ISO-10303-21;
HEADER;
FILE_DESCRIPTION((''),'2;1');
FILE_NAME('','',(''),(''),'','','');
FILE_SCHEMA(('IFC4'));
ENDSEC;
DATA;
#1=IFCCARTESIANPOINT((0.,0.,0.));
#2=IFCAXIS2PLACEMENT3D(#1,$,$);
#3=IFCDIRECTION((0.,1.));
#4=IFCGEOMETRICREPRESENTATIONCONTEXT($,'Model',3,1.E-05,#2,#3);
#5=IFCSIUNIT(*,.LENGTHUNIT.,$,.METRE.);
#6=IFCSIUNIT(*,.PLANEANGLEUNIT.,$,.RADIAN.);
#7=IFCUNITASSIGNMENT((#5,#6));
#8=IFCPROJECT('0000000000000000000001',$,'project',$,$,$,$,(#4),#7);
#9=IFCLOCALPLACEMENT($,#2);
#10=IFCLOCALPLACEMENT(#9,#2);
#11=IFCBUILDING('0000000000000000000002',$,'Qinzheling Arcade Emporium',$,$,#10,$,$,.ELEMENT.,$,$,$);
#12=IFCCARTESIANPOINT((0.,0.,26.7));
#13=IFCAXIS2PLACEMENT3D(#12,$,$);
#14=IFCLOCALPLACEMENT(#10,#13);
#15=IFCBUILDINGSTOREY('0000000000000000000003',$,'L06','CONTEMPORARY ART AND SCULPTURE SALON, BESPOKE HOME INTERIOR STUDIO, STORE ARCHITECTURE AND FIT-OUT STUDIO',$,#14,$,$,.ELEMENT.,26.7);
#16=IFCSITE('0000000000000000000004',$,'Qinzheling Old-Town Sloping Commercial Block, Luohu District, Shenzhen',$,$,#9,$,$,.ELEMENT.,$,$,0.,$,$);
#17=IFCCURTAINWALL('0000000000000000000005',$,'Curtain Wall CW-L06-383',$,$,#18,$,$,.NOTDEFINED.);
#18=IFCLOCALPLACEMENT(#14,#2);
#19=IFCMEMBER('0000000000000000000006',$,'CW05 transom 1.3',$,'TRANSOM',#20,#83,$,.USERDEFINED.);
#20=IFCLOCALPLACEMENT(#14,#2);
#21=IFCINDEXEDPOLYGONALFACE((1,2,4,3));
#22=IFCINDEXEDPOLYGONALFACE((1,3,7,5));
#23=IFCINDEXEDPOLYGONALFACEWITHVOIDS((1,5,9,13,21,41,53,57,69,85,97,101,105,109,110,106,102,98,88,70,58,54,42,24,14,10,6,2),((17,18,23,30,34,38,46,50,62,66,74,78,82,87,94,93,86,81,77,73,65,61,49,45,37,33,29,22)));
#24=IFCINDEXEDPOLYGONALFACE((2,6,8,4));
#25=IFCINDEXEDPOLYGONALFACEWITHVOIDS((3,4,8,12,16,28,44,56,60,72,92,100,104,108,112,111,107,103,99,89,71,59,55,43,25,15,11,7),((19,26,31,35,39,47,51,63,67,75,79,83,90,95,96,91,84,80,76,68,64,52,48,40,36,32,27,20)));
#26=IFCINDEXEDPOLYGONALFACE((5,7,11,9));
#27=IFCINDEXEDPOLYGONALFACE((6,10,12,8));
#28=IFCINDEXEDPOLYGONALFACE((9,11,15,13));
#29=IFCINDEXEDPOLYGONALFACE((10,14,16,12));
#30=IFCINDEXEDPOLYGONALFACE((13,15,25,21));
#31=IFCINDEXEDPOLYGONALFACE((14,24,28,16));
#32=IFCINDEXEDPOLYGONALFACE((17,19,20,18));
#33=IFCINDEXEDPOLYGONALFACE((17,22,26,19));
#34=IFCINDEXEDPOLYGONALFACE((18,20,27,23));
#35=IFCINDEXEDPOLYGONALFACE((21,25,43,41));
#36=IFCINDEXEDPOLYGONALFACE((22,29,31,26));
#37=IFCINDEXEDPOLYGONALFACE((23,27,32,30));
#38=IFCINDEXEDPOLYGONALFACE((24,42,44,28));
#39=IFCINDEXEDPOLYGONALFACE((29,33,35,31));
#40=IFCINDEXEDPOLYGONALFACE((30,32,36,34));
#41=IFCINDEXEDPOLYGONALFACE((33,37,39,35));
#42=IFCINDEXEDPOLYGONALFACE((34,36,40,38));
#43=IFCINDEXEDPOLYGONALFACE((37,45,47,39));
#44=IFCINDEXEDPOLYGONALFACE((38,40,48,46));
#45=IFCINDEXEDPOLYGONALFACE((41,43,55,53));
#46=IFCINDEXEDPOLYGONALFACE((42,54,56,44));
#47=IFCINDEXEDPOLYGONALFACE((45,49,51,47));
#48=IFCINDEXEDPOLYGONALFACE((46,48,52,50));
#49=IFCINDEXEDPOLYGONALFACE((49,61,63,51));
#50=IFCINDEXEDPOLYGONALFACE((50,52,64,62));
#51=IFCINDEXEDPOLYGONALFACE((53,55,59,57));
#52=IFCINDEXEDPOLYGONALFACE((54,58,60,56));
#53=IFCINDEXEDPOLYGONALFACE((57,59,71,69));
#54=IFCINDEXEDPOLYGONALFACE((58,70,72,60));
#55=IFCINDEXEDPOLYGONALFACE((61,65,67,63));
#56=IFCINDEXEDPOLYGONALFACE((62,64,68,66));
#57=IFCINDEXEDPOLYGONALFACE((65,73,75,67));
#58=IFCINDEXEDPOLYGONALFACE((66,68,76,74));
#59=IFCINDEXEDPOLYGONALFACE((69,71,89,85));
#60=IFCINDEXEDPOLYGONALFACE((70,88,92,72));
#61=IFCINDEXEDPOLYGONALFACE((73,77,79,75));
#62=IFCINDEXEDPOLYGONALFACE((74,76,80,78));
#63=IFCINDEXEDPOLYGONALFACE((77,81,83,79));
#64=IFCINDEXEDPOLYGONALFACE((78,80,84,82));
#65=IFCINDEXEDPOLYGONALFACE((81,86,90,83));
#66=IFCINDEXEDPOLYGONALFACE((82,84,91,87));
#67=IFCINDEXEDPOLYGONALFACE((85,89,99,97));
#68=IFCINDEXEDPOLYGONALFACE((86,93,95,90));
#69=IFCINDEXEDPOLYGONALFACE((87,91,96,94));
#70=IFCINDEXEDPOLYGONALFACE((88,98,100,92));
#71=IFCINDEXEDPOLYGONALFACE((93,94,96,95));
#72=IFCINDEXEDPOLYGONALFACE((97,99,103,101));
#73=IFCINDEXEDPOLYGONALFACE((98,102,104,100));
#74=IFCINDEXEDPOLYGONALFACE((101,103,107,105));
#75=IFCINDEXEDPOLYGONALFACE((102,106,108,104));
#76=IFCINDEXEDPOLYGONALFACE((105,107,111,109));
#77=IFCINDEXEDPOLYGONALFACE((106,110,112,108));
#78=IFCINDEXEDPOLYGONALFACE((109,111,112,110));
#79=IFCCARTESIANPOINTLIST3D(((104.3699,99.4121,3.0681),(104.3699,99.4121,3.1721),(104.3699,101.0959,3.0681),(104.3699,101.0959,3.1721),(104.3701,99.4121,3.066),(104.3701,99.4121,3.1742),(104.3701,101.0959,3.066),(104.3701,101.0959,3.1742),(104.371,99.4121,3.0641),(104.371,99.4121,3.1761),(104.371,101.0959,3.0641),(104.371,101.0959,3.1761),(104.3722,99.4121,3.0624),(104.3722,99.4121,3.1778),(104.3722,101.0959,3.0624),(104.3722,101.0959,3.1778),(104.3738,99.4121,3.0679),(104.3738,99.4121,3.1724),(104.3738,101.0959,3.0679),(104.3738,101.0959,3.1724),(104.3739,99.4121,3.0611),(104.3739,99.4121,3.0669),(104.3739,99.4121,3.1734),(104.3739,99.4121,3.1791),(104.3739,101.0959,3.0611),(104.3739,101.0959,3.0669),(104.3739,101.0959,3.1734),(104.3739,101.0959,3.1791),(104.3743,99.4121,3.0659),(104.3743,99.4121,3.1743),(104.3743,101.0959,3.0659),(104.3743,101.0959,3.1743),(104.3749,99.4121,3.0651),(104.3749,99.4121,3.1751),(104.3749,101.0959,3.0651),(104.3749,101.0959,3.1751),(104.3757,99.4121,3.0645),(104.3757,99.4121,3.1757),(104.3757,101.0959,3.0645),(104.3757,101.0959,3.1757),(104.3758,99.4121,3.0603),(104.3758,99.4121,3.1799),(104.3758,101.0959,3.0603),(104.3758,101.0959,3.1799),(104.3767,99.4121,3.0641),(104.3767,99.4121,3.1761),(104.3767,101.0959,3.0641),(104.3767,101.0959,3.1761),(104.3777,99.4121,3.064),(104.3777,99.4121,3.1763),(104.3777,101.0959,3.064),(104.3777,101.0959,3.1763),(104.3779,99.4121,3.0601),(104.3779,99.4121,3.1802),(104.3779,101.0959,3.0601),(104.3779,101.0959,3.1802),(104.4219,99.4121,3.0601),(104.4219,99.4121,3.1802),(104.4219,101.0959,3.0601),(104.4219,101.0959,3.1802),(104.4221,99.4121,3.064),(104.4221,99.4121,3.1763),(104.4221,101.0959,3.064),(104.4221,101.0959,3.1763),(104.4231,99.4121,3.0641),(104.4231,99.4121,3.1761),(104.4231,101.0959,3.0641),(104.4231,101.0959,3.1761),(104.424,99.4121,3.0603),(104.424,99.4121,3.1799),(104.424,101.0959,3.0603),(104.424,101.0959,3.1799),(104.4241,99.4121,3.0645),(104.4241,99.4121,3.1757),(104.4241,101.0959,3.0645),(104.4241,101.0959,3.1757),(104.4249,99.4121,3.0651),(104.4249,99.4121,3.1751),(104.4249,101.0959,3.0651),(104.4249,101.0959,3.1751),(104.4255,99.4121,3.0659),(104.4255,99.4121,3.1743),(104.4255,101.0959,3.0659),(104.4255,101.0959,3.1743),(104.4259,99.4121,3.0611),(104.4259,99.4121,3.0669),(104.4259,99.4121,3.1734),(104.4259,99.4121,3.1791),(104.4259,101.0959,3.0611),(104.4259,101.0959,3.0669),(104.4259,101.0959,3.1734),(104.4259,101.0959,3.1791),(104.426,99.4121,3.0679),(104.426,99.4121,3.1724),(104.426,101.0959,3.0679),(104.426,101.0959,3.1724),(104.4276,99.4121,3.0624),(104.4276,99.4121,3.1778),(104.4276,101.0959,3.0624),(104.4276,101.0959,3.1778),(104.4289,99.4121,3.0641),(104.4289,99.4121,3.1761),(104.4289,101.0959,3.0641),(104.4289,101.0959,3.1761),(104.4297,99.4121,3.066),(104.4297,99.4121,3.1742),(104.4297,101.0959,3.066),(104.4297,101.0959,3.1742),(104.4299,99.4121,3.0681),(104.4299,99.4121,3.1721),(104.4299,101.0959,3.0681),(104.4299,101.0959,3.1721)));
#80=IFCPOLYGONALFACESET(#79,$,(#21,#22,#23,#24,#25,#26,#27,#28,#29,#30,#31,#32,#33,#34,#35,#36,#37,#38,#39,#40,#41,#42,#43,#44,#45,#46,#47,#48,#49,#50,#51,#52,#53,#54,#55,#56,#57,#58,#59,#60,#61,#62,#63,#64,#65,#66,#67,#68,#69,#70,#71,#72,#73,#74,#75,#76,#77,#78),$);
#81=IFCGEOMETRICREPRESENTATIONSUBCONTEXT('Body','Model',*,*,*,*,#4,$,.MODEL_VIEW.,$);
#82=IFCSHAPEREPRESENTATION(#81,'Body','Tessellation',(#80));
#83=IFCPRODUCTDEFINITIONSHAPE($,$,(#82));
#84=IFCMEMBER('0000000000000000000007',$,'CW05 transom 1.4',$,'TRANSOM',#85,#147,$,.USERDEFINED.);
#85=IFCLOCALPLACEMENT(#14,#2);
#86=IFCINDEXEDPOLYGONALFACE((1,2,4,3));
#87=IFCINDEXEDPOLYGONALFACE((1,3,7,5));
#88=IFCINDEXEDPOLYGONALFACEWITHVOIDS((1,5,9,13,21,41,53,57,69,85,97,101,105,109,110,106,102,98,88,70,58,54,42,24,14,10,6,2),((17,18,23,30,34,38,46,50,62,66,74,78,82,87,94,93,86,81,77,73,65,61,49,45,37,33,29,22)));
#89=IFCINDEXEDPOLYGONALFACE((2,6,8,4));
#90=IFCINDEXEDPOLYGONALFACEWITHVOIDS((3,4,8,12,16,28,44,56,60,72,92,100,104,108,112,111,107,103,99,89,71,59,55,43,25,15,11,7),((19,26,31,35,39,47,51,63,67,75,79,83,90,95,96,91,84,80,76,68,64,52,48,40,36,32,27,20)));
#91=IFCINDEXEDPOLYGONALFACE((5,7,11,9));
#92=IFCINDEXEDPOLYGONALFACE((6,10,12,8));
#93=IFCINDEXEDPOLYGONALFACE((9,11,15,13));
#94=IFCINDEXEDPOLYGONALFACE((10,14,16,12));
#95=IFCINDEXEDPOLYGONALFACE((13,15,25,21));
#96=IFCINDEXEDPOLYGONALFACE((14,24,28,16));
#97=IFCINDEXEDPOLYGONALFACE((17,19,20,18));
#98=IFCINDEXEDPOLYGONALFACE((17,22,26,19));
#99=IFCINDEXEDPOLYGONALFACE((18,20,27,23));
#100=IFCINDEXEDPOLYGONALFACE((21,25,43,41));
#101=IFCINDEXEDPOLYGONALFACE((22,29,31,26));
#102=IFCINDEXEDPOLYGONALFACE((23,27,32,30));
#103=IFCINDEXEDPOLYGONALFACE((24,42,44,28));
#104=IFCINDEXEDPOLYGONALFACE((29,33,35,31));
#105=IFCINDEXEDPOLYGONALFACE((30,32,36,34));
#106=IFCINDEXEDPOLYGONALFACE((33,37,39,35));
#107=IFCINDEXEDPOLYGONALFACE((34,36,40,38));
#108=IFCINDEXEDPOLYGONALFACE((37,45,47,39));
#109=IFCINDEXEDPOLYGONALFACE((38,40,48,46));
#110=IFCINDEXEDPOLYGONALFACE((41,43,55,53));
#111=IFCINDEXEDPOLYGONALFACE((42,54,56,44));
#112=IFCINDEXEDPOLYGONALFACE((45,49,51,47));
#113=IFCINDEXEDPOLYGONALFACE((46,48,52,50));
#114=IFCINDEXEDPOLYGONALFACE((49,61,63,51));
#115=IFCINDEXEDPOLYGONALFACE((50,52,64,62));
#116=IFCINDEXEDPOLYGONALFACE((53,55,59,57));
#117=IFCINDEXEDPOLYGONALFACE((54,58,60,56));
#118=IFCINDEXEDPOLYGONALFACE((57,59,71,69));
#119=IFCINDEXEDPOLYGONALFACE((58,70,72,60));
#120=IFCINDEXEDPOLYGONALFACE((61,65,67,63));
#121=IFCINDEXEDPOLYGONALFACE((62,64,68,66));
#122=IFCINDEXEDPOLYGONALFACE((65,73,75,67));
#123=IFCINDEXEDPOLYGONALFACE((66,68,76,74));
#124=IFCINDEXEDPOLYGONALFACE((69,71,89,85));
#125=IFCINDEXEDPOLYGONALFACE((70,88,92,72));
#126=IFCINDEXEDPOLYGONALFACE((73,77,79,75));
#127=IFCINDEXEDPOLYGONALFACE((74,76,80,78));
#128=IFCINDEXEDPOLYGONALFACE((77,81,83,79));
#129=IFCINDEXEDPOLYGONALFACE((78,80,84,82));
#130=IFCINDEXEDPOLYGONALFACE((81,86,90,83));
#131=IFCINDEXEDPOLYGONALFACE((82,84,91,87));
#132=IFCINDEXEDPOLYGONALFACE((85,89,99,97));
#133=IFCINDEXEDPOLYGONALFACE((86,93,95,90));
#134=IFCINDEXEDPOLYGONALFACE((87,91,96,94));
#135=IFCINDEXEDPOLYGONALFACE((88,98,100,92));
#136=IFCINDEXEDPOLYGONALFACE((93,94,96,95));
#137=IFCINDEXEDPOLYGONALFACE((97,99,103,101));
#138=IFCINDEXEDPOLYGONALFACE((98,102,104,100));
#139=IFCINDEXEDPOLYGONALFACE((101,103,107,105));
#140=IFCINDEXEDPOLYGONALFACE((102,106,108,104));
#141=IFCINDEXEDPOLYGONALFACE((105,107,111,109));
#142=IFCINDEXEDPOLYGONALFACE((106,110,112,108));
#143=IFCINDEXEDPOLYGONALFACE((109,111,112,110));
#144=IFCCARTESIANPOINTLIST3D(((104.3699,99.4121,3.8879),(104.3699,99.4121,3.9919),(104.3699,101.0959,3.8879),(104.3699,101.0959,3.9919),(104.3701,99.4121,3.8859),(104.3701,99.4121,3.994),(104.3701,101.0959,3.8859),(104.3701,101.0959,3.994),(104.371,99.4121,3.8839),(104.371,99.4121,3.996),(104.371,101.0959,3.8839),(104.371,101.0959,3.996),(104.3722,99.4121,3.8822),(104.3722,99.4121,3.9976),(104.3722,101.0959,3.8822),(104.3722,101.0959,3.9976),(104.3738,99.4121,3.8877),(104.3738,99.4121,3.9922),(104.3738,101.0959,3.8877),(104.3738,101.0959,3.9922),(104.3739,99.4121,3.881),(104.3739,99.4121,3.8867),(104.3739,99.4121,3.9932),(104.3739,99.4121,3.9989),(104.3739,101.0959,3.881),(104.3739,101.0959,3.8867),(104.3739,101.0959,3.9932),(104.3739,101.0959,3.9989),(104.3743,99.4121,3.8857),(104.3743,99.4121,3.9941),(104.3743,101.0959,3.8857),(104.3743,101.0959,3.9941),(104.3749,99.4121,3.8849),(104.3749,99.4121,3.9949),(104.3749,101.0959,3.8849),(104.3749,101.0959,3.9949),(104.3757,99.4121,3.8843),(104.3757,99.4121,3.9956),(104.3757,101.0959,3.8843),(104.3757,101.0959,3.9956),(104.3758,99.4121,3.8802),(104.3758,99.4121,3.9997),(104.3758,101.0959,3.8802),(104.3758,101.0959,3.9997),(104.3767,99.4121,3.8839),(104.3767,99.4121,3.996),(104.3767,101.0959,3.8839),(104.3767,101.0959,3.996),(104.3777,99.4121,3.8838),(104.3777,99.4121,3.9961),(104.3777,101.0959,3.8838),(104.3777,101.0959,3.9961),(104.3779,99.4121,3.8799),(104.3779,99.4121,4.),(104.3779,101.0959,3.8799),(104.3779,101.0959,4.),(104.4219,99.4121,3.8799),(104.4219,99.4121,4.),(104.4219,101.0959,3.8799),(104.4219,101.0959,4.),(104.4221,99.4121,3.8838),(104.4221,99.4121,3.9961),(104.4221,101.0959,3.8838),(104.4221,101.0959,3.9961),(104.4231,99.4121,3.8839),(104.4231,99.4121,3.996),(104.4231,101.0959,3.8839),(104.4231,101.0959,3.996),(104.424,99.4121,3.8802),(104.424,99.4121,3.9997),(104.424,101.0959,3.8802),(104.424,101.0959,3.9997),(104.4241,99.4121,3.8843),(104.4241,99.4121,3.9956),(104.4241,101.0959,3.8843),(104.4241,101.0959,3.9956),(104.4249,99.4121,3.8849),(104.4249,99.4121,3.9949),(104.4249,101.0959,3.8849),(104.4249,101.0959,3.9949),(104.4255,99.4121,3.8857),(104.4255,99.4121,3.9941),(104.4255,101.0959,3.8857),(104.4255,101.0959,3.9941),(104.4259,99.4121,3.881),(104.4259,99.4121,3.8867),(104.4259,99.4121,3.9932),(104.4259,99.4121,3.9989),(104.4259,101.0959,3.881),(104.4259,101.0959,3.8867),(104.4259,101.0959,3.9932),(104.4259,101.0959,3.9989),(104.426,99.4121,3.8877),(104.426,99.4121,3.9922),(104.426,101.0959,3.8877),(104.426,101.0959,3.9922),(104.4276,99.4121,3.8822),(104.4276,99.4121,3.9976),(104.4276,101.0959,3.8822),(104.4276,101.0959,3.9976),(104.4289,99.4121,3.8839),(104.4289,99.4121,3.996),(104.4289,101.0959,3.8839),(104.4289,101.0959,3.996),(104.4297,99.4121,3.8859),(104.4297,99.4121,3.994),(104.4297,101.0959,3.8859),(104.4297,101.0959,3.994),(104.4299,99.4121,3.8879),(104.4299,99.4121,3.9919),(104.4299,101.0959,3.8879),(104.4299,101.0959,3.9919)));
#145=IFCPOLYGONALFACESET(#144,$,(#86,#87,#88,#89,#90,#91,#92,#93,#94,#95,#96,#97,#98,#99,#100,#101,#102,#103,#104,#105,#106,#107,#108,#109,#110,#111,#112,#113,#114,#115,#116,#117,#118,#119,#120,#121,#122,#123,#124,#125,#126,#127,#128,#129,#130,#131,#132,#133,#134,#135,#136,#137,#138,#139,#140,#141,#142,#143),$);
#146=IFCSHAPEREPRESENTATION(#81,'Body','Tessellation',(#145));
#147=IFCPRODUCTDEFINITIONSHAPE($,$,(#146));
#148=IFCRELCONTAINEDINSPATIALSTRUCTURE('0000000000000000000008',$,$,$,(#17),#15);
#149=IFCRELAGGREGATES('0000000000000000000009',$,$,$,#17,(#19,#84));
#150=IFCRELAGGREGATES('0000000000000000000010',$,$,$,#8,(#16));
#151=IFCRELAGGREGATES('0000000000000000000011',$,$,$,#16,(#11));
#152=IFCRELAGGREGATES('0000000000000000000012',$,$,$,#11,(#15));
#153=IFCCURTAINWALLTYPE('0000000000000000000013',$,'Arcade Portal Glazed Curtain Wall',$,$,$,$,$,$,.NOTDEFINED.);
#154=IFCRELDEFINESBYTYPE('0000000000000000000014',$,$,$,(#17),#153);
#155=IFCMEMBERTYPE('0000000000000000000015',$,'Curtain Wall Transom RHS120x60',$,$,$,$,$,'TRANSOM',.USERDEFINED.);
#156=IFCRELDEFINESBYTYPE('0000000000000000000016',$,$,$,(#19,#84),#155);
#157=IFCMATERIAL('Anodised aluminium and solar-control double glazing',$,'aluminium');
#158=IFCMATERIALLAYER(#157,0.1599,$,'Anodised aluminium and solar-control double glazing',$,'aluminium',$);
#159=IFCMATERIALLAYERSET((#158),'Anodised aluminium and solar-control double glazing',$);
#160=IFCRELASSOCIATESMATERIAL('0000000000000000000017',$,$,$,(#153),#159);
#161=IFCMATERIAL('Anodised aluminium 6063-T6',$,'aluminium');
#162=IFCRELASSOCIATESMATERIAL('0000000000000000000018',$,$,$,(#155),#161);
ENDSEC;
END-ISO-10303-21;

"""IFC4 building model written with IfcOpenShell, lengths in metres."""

from ifc_helpers import new_model, si_unit, direction, frame, origin, origin_2d, place, context, subcontext, project, spatial, hollow_rectangle, extrude, material, layer, layer_set, material_profile, profile_set, type_object, element, aggregate, save


model = new_model("IFC4")

# Units and contexts
model_context = context("Model", 3, precision=1e-05, world=origin(), true_north=direction((0.0, 1.0)))
body_context = subcontext(model_context, "Body", "Model", "MODEL_VIEW")
ifc_project = project(units=[si_unit("LENGTHUNIT", "METRE"), si_unit("PLANEANGLEUNIT", "RADIAN")], contexts=[model_context])

# Site, building, storey
site_placement = place(None, origin())
site = spatial("IfcSite", under=ifc_project, at=site_placement, Name="Qinzheling Old-Town Sloping Commercial Block, Luohu District, Shenzhen", CompositionType="ELEMENT", RefElevation=0.0)
building_placement = place(site_placement, origin())
building = spatial("IfcBuilding", under=site, at=building_placement, Name="Qinzheling Arcade Emporium", CompositionType="ELEMENT")
storey_placement = place(building_placement, frame((0.0, 0.0, 26.7)))
storey = spatial("IfcBuildingStorey", under=building, at=storey_placement, Name="L06", Description="CONTEMPORARY ART AND SCULPTURE SALON, BESPOKE HOME INTERIOR STUDIO, STORE ARCHITECTURE AND FIT-OUT STUDIO", CompositionType="ELEMENT", Elevation=26.7)

# Curtain wall, members
ifc_material_1 = material(Name="Anodised aluminium and solar-control double glazing", Category="aluminium")
ifc_layer_1 = layer(ifc_material_1, 0.1599, Name="Anodised aluminium and solar-control double glazing", Category="aluminium")
ifc_layer_set_1 = layer_set([ifc_layer_1], Name="Anodised aluminium and solar-control double glazing")
curtain_wall_type = type_object("IfcCurtainWallType", Name="Arcade Portal Glazed Curtain Wall", PredefinedType="NOTDEFINED", material=ifc_layer_set_1)
curtain_wall_placement = place(storey_placement, origin())
curtain_wall = element("IfcCurtainWall", 1, at=curtain_wall_placement, inside=storey, type_object=curtain_wall_type, Name="Curtain Wall CW-L06-383", PredefinedType="NOTDEFINED")
ifc_material_2 = material(Name="Anodised aluminium 6063-T6", Category="aluminium")
ifc_material_profile_1 = material_profile(ifc_material_2, hollow_rectangle(XDim=0.0601, YDim=0.1201, WallThickness=0.0039, InnerFilletRadius=0.0039, OuterFilletRadius=0.0081, at=origin_2d()), Name="RHS 120x60x4", Category="aluminium")
ifc_profile_set_1 = profile_set([ifc_material_profile_1], Name="Anodised aluminium 6063-T6")
member_type_1 = type_object("IfcMemberType", Name="Curtain Wall Transom RHS120x60", ElementType="TRANSOM", PredefinedType="USERDEFINED", material=ifc_profile_set_1)
member_1_placement = place(storey_placement, frame((104.3999, 99.4121, 3.1201), z_axis=(0.0, 1.0, 0.0), x_axis=(-1.0, 0.0, 0.0)))
member_1 = element("IfcMember", 2, at=member_1_placement, type_object=member_type_1, Name="CW05 transom 1.3", ObjectType="TRANSOM", PredefinedType="USERDEFINED", context=body_context, shape_type="SweptSolid", body=[
    extrude(hollow_rectangle(XDim=0.0601, YDim=0.1201, WallThickness=0.0039, InnerFilletRadius=0.0039, OuterFilletRadius=0.0081, at=origin_2d()), origin(), (0.0, 0.0, 1.0), 1.6838),
])
member_2_placement = place(storey_placement, frame((104.3999, 99.4121, 3.9399), z_axis=(0.0, 1.0, 0.0), x_axis=(-1.0, 0.0, 0.0)))
member_2 = element("IfcMember", 3, at=member_2_placement, type_object=member_type_1, Name="CW05 transom 1.4", ObjectType="TRANSOM", PredefinedType="USERDEFINED", context=body_context, shape_type="SweptSolid", body=[
    extrude(hollow_rectangle(XDim=0.0601, YDim=0.1201, WallThickness=0.0039, InnerFilletRadius=0.0039, OuterFilletRadius=0.0081, at=origin_2d()), origin(), (0.0, 0.0, 1.0), 1.6838),
])

aggregate(curtain_wall, [member_1, member_2])

save(model, "model.ifc")
